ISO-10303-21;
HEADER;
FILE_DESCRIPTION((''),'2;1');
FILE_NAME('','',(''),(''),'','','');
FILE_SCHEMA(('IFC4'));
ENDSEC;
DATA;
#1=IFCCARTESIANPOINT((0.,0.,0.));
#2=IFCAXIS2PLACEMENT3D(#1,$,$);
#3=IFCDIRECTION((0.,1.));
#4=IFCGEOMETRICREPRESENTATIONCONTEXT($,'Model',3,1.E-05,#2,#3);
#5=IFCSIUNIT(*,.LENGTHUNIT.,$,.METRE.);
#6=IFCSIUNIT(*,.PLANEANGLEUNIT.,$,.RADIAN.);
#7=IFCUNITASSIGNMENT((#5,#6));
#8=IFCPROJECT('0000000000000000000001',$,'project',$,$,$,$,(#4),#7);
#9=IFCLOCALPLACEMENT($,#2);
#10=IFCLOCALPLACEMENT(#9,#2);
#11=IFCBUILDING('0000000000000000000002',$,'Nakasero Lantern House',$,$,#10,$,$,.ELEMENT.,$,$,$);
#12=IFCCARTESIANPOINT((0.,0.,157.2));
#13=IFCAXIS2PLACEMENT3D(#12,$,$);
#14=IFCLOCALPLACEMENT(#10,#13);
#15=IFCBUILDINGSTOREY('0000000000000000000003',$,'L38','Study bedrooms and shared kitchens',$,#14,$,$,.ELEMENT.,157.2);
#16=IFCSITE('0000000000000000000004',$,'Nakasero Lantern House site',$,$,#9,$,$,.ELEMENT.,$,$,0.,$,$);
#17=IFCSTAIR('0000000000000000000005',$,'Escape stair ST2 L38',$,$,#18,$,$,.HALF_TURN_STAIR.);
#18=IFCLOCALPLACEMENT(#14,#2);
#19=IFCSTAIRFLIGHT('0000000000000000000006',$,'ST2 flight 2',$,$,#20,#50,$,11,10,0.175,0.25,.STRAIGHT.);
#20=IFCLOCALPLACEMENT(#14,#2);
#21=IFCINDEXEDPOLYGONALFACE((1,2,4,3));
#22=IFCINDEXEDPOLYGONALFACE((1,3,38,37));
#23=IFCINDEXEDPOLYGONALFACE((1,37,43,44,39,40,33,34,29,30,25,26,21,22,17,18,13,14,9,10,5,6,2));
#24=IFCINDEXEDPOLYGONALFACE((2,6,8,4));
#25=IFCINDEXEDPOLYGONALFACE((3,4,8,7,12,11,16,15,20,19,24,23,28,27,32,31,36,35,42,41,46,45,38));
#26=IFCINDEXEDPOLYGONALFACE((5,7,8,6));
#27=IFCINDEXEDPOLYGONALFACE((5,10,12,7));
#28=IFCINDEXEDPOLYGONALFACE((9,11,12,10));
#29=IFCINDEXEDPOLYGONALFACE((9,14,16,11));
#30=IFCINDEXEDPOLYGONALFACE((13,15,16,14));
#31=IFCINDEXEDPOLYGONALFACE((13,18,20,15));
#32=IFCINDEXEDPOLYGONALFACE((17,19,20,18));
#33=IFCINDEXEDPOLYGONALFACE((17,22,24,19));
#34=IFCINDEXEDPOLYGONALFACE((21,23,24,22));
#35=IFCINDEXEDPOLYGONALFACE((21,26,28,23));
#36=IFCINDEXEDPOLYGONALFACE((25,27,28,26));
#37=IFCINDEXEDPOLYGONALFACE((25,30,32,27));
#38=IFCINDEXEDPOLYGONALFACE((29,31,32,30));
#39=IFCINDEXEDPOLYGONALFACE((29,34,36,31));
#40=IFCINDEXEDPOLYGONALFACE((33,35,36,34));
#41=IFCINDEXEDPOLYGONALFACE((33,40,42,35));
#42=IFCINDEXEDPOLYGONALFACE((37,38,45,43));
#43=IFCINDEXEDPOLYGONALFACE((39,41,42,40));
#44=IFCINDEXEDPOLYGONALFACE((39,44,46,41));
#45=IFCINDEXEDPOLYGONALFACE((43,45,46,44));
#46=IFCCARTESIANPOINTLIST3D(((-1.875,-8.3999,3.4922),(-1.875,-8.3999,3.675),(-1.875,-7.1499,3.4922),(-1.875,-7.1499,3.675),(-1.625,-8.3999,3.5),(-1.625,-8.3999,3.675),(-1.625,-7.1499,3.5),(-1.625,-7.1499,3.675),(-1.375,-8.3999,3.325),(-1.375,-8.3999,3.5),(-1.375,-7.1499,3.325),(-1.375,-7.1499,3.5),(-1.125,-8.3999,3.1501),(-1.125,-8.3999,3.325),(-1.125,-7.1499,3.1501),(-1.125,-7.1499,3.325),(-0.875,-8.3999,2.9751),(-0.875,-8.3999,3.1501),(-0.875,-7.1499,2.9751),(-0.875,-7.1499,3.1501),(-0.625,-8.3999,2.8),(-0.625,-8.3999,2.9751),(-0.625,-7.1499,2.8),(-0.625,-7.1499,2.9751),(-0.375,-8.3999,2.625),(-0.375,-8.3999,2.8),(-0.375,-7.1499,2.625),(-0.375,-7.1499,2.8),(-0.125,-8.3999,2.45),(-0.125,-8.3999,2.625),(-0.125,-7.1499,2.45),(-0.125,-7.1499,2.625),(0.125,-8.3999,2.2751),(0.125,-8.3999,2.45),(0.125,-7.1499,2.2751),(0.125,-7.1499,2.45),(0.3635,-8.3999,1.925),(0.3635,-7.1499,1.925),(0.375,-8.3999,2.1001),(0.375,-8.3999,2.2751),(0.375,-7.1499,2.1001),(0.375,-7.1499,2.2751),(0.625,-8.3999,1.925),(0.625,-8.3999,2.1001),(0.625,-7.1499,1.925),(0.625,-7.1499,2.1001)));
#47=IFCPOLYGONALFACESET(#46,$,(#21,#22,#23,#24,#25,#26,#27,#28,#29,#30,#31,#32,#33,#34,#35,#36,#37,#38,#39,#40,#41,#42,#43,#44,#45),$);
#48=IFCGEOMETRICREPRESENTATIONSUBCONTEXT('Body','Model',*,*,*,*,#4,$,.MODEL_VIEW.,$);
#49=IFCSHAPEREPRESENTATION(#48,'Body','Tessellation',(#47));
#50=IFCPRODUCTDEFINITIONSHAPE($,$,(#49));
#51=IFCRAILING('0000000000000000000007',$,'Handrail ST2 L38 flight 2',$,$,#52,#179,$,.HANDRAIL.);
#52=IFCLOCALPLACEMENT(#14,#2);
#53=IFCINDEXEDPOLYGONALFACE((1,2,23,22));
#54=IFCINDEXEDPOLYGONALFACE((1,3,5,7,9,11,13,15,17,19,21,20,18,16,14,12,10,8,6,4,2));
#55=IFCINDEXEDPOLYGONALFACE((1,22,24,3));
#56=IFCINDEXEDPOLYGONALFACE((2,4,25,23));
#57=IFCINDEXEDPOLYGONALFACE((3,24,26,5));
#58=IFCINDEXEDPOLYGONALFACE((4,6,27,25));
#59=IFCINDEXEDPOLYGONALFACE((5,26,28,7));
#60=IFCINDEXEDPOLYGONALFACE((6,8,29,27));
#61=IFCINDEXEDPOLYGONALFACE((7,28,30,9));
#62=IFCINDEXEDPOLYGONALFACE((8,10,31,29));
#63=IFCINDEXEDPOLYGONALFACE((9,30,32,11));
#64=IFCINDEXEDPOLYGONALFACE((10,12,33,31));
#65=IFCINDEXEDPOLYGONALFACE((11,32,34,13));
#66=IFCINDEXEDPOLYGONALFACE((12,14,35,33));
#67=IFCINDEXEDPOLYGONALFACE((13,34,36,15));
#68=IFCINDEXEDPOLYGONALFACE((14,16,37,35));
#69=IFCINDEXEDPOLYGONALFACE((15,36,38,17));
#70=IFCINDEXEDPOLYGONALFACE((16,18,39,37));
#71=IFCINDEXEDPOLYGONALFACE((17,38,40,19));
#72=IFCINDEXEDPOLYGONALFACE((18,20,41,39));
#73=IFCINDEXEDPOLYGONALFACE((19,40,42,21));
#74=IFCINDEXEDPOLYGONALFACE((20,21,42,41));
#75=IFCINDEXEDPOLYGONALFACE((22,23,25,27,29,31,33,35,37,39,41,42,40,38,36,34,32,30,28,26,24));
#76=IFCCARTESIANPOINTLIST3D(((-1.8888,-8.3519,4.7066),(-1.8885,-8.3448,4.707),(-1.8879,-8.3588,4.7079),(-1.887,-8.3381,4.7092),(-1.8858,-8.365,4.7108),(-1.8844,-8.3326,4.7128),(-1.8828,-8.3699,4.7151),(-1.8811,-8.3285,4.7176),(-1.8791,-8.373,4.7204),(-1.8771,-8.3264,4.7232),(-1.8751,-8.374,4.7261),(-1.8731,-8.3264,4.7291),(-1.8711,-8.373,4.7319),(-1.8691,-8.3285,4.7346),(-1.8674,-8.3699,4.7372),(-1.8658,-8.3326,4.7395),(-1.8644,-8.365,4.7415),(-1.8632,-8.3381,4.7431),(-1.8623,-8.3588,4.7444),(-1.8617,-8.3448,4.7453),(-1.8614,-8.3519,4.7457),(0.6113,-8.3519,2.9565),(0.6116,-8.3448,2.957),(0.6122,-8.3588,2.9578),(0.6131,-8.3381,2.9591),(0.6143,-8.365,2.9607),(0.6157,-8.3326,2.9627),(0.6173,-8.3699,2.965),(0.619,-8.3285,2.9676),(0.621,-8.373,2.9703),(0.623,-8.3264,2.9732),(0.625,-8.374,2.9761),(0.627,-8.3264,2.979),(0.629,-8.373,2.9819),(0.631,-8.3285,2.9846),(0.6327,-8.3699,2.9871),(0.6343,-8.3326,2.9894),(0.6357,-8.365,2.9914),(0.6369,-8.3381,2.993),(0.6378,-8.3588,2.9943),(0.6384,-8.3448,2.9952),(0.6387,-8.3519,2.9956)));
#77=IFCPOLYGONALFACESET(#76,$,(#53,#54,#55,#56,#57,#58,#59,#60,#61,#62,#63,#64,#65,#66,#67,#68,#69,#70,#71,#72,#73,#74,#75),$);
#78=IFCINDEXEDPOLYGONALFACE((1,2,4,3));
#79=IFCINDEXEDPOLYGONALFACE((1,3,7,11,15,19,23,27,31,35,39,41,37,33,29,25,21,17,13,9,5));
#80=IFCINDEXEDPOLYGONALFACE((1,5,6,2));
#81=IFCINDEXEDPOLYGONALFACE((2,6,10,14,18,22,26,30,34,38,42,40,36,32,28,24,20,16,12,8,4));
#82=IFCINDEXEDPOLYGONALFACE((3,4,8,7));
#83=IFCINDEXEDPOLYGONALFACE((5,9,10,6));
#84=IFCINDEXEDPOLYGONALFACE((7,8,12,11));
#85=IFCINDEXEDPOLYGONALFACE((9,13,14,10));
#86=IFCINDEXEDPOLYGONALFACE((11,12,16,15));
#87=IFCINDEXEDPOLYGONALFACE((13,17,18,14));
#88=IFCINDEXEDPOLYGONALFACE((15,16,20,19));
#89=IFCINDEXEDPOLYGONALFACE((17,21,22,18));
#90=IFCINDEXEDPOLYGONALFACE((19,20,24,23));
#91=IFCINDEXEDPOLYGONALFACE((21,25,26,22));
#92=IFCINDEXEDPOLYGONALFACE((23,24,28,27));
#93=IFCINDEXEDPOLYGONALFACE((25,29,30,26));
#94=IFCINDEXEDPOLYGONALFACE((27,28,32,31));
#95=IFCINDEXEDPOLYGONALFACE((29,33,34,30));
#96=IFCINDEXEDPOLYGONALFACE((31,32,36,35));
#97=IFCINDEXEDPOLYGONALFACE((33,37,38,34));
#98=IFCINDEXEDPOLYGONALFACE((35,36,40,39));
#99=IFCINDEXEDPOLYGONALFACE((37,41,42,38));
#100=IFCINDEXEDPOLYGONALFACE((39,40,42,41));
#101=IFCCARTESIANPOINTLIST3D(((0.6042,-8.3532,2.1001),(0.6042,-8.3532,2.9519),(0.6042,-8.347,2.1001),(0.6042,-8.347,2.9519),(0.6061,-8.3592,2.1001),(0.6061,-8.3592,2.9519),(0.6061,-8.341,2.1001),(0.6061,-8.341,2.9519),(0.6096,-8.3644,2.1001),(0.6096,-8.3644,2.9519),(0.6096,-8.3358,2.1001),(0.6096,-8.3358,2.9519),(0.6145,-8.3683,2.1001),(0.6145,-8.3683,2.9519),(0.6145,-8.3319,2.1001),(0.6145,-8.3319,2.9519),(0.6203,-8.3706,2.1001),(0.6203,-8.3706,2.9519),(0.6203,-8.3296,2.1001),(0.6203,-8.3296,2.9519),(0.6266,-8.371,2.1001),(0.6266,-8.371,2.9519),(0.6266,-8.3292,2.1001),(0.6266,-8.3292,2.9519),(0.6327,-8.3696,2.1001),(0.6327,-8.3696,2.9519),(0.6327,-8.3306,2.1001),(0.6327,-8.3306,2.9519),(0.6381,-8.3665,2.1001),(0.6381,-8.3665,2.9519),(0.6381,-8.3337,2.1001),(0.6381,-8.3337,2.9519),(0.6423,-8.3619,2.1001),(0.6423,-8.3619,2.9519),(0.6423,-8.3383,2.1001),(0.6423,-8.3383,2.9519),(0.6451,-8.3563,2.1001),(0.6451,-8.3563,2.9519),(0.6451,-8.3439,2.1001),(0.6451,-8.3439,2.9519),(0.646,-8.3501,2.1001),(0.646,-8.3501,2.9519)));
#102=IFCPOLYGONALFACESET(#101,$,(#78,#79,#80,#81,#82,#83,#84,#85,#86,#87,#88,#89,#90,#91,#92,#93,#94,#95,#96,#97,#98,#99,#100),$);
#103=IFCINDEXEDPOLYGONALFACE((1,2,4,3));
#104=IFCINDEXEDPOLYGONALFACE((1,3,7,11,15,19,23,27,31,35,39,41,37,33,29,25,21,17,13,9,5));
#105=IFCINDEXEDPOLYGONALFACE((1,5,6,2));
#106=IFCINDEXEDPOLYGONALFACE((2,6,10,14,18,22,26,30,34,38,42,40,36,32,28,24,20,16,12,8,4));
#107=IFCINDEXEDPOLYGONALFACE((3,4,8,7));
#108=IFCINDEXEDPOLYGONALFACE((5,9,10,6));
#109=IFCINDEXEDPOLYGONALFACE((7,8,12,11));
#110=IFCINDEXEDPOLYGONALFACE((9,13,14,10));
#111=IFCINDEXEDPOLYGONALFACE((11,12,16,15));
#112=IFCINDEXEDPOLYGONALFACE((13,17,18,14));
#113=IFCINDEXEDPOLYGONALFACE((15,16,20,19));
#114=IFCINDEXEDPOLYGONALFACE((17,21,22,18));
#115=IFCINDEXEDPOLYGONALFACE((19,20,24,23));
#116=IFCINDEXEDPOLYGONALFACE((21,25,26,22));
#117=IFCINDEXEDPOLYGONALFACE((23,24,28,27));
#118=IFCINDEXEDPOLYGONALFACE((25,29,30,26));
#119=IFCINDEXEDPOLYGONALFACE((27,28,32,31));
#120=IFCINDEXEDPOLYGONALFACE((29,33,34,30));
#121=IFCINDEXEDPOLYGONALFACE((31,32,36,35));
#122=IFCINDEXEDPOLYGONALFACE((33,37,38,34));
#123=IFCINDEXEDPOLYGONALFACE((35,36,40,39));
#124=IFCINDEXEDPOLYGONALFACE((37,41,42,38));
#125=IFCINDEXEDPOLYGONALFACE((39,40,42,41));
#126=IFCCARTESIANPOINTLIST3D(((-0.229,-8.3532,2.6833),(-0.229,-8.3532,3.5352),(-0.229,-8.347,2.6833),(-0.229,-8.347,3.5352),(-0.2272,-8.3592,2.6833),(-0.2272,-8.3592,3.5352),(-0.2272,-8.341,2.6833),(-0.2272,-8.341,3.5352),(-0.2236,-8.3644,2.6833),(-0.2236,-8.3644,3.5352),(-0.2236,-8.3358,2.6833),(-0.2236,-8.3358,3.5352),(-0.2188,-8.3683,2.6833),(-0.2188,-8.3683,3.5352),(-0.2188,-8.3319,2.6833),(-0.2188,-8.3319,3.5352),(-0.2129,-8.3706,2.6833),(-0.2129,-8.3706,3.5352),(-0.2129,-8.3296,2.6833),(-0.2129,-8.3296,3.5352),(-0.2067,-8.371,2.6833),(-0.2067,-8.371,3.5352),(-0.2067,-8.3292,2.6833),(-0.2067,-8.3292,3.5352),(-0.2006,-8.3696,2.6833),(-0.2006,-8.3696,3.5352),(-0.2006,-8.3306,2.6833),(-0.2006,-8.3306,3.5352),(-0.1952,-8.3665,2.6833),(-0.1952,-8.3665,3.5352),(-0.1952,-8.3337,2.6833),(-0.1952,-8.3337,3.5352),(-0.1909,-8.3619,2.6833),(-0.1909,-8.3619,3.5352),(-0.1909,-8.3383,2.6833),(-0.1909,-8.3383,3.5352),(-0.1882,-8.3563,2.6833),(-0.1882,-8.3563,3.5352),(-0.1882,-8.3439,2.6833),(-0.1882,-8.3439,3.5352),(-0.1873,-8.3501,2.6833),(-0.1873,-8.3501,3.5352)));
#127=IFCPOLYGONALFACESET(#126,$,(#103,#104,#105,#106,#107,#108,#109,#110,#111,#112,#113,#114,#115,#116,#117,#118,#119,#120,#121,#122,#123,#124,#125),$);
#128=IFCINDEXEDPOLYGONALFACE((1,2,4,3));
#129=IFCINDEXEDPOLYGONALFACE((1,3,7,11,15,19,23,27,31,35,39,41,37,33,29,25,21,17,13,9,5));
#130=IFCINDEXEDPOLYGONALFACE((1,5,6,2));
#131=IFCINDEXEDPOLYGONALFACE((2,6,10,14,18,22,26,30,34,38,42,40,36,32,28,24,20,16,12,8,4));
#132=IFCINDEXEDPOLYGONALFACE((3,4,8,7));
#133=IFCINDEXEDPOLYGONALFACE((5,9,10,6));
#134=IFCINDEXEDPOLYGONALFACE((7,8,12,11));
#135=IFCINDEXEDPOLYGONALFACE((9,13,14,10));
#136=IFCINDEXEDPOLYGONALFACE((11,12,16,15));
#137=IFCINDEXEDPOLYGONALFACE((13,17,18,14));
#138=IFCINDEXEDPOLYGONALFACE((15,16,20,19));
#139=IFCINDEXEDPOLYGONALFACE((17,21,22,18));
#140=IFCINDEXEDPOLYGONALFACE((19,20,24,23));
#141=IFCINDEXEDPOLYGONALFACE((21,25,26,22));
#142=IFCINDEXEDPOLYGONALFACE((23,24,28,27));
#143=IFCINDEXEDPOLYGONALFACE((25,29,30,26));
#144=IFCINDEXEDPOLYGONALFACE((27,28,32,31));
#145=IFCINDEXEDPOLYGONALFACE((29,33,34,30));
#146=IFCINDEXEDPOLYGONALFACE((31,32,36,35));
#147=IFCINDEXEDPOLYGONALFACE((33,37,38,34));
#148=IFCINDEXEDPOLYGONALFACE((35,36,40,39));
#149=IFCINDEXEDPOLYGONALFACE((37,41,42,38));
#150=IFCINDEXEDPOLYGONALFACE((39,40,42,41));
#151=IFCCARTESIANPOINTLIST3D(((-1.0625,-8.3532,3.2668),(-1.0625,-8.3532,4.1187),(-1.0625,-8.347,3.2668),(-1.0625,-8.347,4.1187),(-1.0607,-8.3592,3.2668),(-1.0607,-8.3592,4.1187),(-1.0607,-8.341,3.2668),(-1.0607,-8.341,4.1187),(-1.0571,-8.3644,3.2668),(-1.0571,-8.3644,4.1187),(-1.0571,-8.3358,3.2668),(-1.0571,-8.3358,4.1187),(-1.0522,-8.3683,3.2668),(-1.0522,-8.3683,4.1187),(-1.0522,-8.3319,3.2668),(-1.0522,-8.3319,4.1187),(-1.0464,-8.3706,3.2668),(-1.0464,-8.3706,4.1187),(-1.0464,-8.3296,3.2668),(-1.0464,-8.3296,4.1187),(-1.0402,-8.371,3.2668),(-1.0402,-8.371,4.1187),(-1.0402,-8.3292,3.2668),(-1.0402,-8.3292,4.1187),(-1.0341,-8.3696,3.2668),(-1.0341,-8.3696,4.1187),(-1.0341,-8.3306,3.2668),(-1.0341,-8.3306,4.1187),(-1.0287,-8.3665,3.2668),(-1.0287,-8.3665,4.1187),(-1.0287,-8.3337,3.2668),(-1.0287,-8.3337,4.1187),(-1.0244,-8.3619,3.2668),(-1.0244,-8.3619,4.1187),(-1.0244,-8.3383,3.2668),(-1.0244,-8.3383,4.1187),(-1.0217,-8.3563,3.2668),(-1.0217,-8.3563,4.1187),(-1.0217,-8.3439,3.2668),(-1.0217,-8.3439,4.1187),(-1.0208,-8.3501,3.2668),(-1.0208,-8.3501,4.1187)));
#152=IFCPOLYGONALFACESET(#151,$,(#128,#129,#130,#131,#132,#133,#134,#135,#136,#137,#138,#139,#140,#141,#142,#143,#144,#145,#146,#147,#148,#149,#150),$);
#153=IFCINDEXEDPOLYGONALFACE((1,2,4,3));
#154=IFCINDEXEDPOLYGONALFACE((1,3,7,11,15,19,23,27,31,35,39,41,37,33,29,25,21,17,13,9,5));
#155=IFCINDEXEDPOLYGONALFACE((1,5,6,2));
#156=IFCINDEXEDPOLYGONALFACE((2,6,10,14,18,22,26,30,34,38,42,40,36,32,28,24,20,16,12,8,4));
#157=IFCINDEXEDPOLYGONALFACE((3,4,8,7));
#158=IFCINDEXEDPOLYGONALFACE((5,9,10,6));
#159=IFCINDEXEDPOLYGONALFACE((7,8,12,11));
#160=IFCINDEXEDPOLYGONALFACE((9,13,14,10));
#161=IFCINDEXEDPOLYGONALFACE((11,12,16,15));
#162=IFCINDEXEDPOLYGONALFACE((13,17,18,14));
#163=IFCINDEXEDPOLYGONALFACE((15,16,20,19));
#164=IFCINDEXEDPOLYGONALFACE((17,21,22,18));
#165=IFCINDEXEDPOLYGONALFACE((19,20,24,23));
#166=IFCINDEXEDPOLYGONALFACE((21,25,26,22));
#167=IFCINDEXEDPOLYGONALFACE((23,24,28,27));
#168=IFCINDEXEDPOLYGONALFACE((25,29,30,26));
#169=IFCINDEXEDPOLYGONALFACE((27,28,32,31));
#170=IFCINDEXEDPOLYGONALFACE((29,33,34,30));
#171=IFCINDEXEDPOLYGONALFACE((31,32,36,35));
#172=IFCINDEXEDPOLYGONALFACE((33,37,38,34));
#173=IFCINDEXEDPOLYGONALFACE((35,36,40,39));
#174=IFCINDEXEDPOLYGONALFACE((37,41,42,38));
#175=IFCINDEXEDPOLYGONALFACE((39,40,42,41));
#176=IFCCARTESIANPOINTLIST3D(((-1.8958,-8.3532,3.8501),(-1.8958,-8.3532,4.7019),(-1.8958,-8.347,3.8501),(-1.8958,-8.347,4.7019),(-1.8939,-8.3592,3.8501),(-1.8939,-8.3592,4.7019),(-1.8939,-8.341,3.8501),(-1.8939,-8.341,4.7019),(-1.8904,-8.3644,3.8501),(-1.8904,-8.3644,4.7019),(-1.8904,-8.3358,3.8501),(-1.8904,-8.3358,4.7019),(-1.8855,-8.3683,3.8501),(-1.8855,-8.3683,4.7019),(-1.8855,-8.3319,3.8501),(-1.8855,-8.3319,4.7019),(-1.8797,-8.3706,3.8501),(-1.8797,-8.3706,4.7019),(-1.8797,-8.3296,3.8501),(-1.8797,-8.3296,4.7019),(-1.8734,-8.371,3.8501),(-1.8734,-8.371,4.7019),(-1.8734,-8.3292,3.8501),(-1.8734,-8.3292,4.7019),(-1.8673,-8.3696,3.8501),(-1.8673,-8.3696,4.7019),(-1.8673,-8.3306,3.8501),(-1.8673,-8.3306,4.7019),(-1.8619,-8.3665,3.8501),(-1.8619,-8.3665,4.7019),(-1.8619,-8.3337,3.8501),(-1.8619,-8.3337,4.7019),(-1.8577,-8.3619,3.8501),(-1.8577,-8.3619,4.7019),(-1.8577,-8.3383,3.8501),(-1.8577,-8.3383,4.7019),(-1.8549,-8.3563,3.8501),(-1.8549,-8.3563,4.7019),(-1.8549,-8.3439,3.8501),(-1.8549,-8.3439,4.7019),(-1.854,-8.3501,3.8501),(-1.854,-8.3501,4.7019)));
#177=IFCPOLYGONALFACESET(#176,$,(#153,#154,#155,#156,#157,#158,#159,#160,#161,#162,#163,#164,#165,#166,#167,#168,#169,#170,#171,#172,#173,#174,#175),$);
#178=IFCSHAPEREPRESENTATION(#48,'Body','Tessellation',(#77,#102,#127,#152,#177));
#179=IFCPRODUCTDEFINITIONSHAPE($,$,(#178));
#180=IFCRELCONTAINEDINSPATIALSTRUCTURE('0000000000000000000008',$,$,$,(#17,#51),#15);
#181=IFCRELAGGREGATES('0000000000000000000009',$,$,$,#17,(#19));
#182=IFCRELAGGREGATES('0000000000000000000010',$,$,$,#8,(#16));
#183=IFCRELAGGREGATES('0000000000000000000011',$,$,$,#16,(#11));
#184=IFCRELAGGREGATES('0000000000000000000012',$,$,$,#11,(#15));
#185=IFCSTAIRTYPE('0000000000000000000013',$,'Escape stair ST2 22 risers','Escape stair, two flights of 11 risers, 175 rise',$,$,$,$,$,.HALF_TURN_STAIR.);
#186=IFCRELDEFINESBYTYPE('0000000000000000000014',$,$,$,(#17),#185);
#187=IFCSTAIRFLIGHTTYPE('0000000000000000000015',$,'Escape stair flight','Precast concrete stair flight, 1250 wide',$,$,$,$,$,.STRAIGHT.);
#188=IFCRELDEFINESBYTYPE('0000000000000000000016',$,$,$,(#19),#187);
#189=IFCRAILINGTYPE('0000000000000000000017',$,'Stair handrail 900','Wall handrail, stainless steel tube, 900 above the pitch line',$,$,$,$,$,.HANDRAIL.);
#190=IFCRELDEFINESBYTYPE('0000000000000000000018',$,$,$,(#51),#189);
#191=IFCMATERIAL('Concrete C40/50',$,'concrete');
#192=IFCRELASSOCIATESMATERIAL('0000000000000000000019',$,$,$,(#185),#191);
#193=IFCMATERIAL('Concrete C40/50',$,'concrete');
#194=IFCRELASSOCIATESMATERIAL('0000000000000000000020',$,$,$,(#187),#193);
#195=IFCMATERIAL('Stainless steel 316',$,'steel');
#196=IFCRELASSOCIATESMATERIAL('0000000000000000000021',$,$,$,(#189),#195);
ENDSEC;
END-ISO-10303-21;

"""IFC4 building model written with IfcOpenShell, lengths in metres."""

from ifc_helpers import new_model, si_unit, direction, frame, origin, origin_2d, place, context, subcontext, project, spatial, polyline, circle, outline, extrude, material, type_object, element, aggregate, save


model = new_model("IFC4")

# Units and contexts
model_context = context("Model", 3, precision=1e-05, world=origin(), true_north=direction((0.0, 1.0)))
body_context = subcontext(model_context, "Body", "Model", "MODEL_VIEW")
ifc_project = project(units=[si_unit("LENGTHUNIT", "METRE"), si_unit("PLANEANGLEUNIT", "RADIAN")], contexts=[model_context])

# Site, building, storey
site_placement = place(None, origin())
site = spatial("IfcSite", under=ifc_project, at=site_placement, Name="Nakasero Lantern House site", CompositionType="ELEMENT", RefElevation=0.0)
building_placement = place(site_placement, origin())
building = spatial("IfcBuilding", under=site, at=building_placement, Name="Nakasero Lantern House", CompositionType="ELEMENT")
storey_placement = place(building_placement, frame((0.0, 0.0, 157.2)))
storey = spatial("IfcBuildingStorey", under=building, at=storey_placement, Name="L38", Description="Study bedrooms and shared kitchens", CompositionType="ELEMENT", Elevation=157.2)

# Stair, stair flight
ifc_material_1 = material(Name="Concrete C40/50", Category="concrete")
stair_type = type_object("IfcStairType", Name="Escape stair ST2 22 risers", Description="Escape stair, two flights of 11 risers, 175 rise", PredefinedType="HALF_TURN_STAIR", material=ifc_material_1)
stair_placement = place(storey_placement, origin())
stair = element("IfcStair", 1, at=stair_placement, inside=storey, type_object=stair_type, Name="Escape stair ST2 L38", PredefinedType="HALF_TURN_STAIR")
ifc_material_2 = material(Name="Concrete C40/50", Category="concrete")
stair_flight_type = type_object("IfcStairFlightType", Name="Escape stair flight", Description="Precast concrete stair flight, 1250 wide", PredefinedType="STRAIGHT", material=ifc_material_2)
stair_flight_placement = place(storey_placement, frame((0.625, -7.7749, 1.925), z_axis=(0.0, 0.0, 1.0), x_axis=(-1.0, 0.0, 0.0)))
stair_flight = element("IfcStairFlight", 2, at=stair_flight_placement, type_object=stair_flight_type, Name="ST2 flight 2", NumberOfRisers=11, NumberOfTreads=10, PredefinedType="STRAIGHT", RiserHeight=0.175, TreadLength=0.25, context=body_context, shape_type="SweptSolid", body=[
    extrude(outline(polyline([(0.0, 0.0), (0.0, 0.175), (0.25, 0.175), (0.25, 0.3501), (0.5, 0.3501), (0.5, 0.5249), (0.75, 0.5249), (0.75, 0.7), (1.0, 0.7), (1.0, 0.875), (1.25, 0.875), (1.25, 1.05), (1.5, 1.05), (1.5, 1.2251), (1.75, 1.2251), (1.75, 1.3999), (2.0, 1.3999), (2.0, 1.575), (2.25, 1.575), (2.25, 1.75), (2.5, 1.75), (2.5, 1.925), (2.5, 1.5671), (0.2615, 0.0), (0.0, 0.0)])), frame((0.0, 0.625, 0.0), z_axis=(0.0, -1.0, 0.0), x_axis=(1.0, 0.0, 0.0)), (0.0, 0.0, 1.0), 1.25),
])
aggregate(stair, [stair_flight])

# Railing
ifc_material_3 = material(Name="Stainless steel 316", Category="steel")
railing_type = type_object("IfcRailingType", Name="Stair handrail 900", Description="Wall handrail, stainless steel tube, 900 above the pitch line", PredefinedType="HANDRAIL", material=ifc_material_3)
railing_placement = place(storey_placement, frame((0.625, -8.3501, 2.1001)))
element("IfcRailing", 3, at=railing_placement, inside=storey, type_object=railing_type, Name="Handrail ST2 L38 flight 2", PredefinedType="HANDRAIL", context=body_context, shape_type="SweptSolid", body=[
    extrude(circle(Radius=0.0239, at=origin_2d()), frame((0.0, 0.0, 0.876), z_axis=(-0.819232, 0.0, 0.573462), x_axis=(0.0, -1.0, 0.0)), (0.0, 0.0, 1.0), 3.0518),
    extrude(circle(Radius=0.021, at=origin_2d()), origin(), (0.0, 0.0, 1.0), 0.8518),
    extrude(circle(Radius=0.021, at=origin_2d()), frame((-0.8333, 0.0, 0.5833)), (0.0, 0.0, 1.0), 0.8518),
    extrude(circle(Radius=0.021, at=origin_2d()), frame((-1.6667, 0.0, 1.1667)), (0.0, 0.0, 1.0), 0.8518),
    extrude(circle(Radius=0.021, at=origin_2d()), frame((-2.5, 0.0, 1.75)), (0.0, 0.0, 1.0), 0.8518),
])

save(model, "model.ifc")
